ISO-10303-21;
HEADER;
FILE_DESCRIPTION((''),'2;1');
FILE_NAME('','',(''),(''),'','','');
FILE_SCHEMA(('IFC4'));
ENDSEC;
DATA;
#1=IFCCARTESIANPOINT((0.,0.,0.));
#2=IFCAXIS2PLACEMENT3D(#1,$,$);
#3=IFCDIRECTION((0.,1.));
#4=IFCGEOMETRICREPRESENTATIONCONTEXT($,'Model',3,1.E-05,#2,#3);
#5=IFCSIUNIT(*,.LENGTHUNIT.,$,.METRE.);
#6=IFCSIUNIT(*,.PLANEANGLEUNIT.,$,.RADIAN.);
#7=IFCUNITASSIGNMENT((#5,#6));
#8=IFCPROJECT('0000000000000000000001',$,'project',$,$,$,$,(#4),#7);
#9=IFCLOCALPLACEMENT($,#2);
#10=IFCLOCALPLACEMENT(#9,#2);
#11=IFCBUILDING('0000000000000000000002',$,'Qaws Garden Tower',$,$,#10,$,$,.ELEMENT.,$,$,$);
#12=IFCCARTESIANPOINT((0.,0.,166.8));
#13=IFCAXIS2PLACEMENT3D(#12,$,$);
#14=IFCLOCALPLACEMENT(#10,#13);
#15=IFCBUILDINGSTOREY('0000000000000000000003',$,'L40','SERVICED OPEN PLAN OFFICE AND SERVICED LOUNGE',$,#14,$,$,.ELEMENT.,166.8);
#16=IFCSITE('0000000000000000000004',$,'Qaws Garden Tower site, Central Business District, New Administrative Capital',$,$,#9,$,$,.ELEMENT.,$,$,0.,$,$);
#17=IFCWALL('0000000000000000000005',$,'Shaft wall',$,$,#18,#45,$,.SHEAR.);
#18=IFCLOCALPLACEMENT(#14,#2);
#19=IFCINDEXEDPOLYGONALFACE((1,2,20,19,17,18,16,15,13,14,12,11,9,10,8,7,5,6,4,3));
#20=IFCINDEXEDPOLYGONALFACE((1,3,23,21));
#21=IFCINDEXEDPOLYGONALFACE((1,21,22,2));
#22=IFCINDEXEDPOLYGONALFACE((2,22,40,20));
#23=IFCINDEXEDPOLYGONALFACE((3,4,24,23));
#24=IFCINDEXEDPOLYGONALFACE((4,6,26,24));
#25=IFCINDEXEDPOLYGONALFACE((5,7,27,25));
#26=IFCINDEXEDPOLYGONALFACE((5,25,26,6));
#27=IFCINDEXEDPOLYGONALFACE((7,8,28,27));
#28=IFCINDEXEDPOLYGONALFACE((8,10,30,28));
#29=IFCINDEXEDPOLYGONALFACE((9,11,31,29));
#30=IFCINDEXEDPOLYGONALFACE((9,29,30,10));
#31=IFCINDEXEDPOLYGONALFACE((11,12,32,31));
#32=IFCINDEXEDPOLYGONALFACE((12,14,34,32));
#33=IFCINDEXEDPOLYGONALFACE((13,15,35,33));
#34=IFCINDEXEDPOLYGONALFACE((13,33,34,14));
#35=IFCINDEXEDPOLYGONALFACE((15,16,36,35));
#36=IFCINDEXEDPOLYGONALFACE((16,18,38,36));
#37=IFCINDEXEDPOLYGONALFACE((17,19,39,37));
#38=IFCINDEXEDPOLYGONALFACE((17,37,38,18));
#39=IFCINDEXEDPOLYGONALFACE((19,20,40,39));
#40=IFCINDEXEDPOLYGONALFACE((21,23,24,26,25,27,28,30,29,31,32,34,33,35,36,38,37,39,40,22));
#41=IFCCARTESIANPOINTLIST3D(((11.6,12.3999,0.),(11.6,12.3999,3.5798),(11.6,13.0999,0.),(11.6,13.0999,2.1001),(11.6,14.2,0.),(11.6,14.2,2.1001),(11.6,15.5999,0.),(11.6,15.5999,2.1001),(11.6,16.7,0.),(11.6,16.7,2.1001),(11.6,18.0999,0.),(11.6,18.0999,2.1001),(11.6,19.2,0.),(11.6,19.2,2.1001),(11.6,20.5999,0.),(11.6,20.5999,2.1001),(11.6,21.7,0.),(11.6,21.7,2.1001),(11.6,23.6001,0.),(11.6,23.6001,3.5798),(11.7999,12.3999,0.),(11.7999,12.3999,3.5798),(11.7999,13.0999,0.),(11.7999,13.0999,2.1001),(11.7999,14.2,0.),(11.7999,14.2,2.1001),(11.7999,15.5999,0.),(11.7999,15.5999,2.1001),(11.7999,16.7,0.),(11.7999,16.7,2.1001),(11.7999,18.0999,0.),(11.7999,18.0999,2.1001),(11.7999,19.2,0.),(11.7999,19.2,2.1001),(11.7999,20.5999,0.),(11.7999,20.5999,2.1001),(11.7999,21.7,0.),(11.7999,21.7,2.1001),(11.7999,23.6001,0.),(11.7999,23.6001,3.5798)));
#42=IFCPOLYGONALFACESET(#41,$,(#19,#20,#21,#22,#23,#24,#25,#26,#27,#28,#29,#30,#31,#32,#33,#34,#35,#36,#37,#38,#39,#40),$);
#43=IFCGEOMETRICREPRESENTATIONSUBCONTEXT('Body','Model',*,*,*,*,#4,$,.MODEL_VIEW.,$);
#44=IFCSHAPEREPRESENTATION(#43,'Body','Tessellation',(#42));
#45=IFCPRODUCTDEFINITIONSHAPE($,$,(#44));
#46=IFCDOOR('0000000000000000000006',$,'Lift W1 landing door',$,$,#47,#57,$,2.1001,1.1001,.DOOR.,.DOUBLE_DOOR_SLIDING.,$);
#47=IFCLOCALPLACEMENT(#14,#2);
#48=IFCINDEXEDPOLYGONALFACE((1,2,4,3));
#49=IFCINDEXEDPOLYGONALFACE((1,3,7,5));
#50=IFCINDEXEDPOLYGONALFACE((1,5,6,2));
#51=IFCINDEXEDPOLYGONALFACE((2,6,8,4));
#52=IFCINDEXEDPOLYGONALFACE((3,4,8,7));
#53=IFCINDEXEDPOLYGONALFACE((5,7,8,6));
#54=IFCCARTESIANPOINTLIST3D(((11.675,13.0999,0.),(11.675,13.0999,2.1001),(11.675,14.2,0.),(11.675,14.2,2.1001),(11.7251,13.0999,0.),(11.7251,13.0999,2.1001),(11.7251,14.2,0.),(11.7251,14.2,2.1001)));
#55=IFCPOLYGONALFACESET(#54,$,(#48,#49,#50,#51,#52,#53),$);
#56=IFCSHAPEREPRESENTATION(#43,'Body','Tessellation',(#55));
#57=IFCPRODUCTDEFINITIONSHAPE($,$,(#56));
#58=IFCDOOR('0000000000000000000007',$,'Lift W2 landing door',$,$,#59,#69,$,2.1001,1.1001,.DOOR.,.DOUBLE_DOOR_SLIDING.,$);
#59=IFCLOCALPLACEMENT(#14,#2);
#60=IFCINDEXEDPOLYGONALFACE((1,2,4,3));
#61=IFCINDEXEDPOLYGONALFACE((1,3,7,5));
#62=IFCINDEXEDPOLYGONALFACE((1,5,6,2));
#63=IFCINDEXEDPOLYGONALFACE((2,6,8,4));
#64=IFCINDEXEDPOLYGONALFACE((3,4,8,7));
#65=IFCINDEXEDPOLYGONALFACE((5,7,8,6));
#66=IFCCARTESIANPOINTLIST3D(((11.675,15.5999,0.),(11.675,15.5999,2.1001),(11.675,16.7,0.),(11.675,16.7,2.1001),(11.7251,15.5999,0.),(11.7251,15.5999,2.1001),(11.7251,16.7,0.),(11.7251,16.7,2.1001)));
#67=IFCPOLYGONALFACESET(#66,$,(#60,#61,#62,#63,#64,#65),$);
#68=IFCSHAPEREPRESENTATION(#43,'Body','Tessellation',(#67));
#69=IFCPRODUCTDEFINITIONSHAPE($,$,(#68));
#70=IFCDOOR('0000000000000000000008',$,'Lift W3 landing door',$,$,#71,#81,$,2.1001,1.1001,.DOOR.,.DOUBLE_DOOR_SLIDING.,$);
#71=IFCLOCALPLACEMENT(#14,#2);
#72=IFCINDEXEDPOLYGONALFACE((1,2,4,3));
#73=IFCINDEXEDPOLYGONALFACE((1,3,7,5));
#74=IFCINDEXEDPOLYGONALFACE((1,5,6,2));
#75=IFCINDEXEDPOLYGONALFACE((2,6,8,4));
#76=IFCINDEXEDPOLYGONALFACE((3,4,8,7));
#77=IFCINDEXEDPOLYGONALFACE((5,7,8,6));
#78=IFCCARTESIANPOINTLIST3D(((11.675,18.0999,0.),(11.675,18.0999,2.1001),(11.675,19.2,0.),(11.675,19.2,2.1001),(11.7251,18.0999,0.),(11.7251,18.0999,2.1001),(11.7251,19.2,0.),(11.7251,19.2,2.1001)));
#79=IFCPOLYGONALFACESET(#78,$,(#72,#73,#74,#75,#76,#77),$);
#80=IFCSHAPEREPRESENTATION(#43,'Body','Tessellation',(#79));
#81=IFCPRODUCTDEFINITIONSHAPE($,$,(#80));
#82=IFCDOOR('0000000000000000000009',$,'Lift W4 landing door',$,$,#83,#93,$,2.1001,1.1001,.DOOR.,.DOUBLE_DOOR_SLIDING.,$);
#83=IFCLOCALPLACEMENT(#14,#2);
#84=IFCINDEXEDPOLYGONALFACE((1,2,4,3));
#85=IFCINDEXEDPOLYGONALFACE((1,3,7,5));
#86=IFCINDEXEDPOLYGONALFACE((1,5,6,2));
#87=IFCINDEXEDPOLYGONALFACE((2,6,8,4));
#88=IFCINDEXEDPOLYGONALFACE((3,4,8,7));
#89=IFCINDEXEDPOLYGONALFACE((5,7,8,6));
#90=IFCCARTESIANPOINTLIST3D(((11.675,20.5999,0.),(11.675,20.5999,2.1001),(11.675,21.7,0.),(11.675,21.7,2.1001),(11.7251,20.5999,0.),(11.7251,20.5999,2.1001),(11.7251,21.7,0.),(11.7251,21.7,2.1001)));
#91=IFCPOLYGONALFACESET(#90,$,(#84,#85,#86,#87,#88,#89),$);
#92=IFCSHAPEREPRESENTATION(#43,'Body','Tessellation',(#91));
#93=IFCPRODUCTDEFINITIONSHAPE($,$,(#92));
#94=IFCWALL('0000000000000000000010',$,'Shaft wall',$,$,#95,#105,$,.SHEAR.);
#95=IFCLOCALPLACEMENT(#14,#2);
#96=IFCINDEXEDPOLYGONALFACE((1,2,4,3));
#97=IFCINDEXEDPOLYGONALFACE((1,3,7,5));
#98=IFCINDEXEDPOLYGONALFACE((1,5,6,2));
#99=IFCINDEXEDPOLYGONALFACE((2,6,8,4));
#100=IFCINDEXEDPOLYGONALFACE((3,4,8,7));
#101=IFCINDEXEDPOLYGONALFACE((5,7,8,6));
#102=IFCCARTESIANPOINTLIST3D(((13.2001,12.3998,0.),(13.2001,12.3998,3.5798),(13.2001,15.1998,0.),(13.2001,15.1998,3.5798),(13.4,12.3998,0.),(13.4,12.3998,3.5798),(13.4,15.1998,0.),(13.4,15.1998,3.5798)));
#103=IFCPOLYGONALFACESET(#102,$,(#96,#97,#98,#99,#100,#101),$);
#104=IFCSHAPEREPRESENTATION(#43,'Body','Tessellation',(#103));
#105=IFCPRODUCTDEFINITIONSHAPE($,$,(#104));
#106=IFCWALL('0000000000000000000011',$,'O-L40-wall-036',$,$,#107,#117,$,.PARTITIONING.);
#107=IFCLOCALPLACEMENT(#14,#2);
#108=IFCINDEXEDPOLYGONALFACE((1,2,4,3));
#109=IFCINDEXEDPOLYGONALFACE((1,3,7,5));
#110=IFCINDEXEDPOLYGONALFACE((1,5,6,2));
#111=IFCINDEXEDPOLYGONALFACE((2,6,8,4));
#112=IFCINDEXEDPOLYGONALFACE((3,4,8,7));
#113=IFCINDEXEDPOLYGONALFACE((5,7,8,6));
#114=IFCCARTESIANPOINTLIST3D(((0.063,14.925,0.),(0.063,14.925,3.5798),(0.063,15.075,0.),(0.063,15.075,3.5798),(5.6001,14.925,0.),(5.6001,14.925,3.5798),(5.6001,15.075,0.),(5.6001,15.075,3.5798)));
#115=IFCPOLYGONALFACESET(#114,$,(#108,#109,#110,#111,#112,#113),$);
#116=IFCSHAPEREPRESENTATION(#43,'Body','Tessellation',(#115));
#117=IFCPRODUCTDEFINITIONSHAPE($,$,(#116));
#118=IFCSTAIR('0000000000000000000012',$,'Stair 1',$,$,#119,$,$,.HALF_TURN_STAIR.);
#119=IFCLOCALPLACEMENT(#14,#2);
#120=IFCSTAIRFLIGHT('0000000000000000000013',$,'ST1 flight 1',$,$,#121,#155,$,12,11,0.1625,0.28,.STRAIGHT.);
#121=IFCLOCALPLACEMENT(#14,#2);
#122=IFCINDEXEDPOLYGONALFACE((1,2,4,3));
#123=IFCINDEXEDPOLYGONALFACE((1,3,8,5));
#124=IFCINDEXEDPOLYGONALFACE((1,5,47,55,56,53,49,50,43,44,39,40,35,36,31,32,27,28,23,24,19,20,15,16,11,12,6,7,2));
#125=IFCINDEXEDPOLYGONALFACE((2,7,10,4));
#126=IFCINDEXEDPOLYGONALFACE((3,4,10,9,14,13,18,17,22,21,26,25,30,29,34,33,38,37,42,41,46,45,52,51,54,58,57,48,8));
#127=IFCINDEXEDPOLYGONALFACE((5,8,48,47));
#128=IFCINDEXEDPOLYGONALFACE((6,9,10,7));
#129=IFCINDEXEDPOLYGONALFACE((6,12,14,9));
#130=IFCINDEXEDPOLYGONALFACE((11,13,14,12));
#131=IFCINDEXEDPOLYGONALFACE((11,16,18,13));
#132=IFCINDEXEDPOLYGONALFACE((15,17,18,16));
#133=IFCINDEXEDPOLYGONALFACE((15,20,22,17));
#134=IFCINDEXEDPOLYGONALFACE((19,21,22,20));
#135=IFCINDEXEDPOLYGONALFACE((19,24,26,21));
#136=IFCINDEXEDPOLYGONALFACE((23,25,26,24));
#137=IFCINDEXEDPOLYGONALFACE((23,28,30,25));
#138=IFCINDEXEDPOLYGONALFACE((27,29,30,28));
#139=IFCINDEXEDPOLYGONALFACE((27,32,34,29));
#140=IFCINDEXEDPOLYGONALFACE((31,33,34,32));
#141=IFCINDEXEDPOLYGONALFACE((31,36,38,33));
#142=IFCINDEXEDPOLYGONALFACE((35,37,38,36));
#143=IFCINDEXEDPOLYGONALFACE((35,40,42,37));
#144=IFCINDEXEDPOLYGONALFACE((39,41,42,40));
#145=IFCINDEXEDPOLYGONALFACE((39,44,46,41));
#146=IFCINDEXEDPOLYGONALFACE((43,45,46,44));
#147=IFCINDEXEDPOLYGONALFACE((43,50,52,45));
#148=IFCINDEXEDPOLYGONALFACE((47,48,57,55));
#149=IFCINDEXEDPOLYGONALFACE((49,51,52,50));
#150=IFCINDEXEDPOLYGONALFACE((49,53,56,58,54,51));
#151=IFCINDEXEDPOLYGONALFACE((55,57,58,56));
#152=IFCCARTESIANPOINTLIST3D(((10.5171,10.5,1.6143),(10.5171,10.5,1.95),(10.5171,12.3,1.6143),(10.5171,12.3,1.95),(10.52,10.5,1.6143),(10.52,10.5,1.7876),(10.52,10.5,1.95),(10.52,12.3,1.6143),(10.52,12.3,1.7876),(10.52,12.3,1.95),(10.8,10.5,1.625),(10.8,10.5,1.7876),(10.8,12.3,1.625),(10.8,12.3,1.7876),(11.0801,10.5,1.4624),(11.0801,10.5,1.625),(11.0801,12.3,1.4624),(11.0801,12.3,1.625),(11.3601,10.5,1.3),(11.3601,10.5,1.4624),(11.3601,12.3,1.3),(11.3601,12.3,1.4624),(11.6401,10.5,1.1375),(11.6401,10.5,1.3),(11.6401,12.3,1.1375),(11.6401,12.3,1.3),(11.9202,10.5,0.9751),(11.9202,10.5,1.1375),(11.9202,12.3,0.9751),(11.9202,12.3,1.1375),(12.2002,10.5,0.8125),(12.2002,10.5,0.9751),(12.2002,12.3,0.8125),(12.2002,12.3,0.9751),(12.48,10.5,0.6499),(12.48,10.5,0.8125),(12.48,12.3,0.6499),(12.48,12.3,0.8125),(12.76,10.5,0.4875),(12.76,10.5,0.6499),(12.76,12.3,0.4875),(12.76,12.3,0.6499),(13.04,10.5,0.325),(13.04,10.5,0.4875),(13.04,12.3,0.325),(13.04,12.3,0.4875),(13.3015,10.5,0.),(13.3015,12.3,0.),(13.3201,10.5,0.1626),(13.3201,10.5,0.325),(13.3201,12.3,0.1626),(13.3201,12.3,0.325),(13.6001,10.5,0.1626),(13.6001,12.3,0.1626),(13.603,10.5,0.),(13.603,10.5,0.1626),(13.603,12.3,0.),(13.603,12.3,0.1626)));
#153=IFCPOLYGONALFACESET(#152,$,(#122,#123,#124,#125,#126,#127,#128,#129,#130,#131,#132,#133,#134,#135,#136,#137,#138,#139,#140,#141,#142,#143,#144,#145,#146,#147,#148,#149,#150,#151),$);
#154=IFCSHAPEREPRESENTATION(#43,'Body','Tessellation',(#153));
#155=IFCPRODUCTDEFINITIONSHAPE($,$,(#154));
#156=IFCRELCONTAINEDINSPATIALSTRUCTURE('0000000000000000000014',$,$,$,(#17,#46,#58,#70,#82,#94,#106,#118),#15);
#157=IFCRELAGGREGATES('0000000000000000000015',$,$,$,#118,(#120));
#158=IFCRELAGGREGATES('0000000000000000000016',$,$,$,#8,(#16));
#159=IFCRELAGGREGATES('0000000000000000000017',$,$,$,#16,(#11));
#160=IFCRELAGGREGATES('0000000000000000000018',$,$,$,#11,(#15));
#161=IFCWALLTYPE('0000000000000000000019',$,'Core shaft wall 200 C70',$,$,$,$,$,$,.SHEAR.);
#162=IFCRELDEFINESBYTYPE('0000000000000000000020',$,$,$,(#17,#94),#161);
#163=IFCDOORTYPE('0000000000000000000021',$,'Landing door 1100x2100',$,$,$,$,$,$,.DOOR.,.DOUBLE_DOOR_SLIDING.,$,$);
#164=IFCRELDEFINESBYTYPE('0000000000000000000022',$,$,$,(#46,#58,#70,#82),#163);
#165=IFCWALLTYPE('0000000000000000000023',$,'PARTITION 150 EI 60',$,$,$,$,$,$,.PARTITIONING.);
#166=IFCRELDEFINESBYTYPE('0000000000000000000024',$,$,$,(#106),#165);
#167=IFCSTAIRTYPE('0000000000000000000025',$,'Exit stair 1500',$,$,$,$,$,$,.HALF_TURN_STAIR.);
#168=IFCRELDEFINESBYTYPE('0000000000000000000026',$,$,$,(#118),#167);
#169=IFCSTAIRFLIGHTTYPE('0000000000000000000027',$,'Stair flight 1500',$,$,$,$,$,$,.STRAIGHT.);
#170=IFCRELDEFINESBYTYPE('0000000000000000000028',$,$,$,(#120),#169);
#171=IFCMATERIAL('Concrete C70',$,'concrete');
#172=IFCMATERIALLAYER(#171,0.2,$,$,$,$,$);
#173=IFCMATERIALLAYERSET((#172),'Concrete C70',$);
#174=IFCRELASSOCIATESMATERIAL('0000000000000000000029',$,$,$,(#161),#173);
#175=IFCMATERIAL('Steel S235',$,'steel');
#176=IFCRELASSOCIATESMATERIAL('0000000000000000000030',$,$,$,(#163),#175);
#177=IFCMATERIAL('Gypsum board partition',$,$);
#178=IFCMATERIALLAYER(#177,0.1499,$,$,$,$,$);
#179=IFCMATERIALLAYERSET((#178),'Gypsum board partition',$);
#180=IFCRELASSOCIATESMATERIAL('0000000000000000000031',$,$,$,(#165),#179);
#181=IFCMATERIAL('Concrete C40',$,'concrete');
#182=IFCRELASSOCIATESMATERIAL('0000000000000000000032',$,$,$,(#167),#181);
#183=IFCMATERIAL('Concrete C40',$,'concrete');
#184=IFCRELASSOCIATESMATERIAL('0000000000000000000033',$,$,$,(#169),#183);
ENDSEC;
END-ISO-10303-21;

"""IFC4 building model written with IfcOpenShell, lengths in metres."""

from ifc_helpers import new_model, si_unit, direction, frame, frame_2d, origin, place, context, subcontext, project, spatial, polyline, rectangle, outline, extrude, material, layer, layer_set, type_object, element, fill, aggregate, save


model = new_model("IFC4")

# Units and contexts
model_context = context("Model", 3, precision=1e-05, world=origin(), true_north=direction((0.0, 1.0)))
body_context = subcontext(model_context, "Body", "Model", "MODEL_VIEW")
ifc_project = project(units=[si_unit("LENGTHUNIT", "METRE"), si_unit("PLANEANGLEUNIT", "RADIAN")], contexts=[model_context])

# Site, building, storey
site_placement = place(None, origin())
site = spatial("IfcSite", under=ifc_project, at=site_placement, Name="Qaws Garden Tower site, Central Business District, New Administrative Capital", CompositionType="ELEMENT", RefElevation=0.0)
building_placement = place(site_placement, origin())
building = spatial("IfcBuilding", under=site, at=building_placement, Name="Qaws Garden Tower", CompositionType="ELEMENT")
storey_placement = place(building_placement, frame((0.0, 0.0, 166.8)))
storey = spatial("IfcBuildingStorey", under=building, at=storey_placement, Name="L40", Description="SERVICED OPEN PLAN OFFICE AND SERVICED LOUNGE", CompositionType="ELEMENT", Elevation=166.8)

# Shared definitions
ifc_material_1 = material(Name="Concrete C70", Category="concrete")
ifc_layer_1 = layer(ifc_material_1, 0.2)
ifc_layer_set_1 = layer_set([ifc_layer_1], Name="Concrete C70")
wall_type_1 = type_object("IfcWallType", Name="Core shaft wall 200 C70", PredefinedType="SHEAR", material=ifc_layer_set_1)

# Wall, openings, doors
wall_1_placement = place(storey_placement, frame((11.7, 12.3999, 0.0), z_axis=(0.0, 0.0, 1.0), x_axis=(0.0, 1.0, 0.0)))
wall_1 = element("IfcWall", 1, at=wall_1_placement, inside=storey, type_object=wall_type_1, Name="Shaft wall", PredefinedType="SHEAR", context=body_context, shape_type="SweptSolid", body=[
    extrude(rectangle(XDim=11.2002, YDim=0.2, at=frame_2d((5.6001, 0.0))), origin(), (0.0, 0.0, 1.0), 3.5798),
])
opening_1_placement = place(wall_1_placement, frame((0.7, 0.0, 0.0)))
opening_1 = element("IfcOpeningElement", 2, at=opening_1_placement, cuts=wall_1, PredefinedType="OPENING", context=body_context, shape_type="SweptSolid", body=[
    extrude(rectangle(XDim=1.1001, YDim=2.1001, at=frame_2d((0.55, 1.05))), frame((0.0, 0.1099, 0.0), z_axis=(0.0, -1.0, 0.0), x_axis=(1.0, 0.0, 0.0)), (0.0, 0.0, 1.0), 0.22),
])
opening_2_placement = place(wall_1_placement, frame((3.2, 0.0, 0.0)))
opening_2 = element("IfcOpeningElement", 3, at=opening_2_placement, cuts=wall_1, PredefinedType="OPENING", context=body_context, shape_type="SweptSolid", body=[
    extrude(rectangle(XDim=1.1001, YDim=2.1001, at=frame_2d((0.55, 1.05))), frame((0.0, 0.1099, 0.0), z_axis=(0.0, -1.0, 0.0), x_axis=(1.0, 0.0, 0.0)), (0.0, 0.0, 1.0), 0.22),
])
opening_3_placement = place(wall_1_placement, frame((5.7, 0.0, 0.0)))
opening_3 = element("IfcOpeningElement", 4, at=opening_3_placement, cuts=wall_1, PredefinedType="OPENING", context=body_context, shape_type="SweptSolid", body=[
    extrude(rectangle(XDim=1.1001, YDim=2.1001, at=frame_2d((0.55, 1.05))), frame((0.0, 0.1099, 0.0), z_axis=(0.0, -1.0, 0.0), x_axis=(1.0, 0.0, 0.0)), (0.0, 0.0, 1.0), 0.22),
])
opening_4_placement = place(wall_1_placement, frame((8.2, 0.0, 0.0)))
opening_4 = element("IfcOpeningElement", 5, at=opening_4_placement, cuts=wall_1, PredefinedType="OPENING", context=body_context, shape_type="SweptSolid", body=[
    extrude(rectangle(XDim=1.1001, YDim=2.1001, at=frame_2d((0.55, 1.05))), frame((0.0, 0.1099, 0.0), z_axis=(0.0, -1.0, 0.0), x_axis=(1.0, 0.0, 0.0)), (0.0, 0.0, 1.0), 0.22),
])
ifc_material_2 = material(Name="Steel S235", Category="steel")
door_type = type_object("IfcDoorType", Name="Landing door 1100x2100", OperationType="DOUBLE_DOOR_SLIDING", PredefinedType="DOOR", material=ifc_material_2)
door_1_placement = place(opening_1_placement, origin())
door_1 = element("IfcDoor", 6, at=door_1_placement, inside=storey, type_object=door_type, Name="Lift W1 landing door", OperationType="DOUBLE_DOOR_SLIDING", OverallHeight=2.1001, OverallWidth=1.1001, PredefinedType="DOOR", context=body_context, shape_type="SweptSolid", body=[
    extrude(rectangle(XDim=1.1001, YDim=2.1001, at=frame_2d((0.55, 1.05))), frame((0.0, 0.0249, 0.0), z_axis=(0.0, -1.0, 0.0), x_axis=(1.0, 0.0, 0.0)), (0.0, 0.0, 1.0), 0.05),
])
fill(opening_1, door_1)
door_2_placement = place(opening_2_placement, origin())
door_2 = element("IfcDoor", 7, at=door_2_placement, inside=storey, type_object=door_type, Name="Lift W2 landing door", OperationType="DOUBLE_DOOR_SLIDING", OverallHeight=2.1001, OverallWidth=1.1001, PredefinedType="DOOR", context=body_context, shape_type="SweptSolid", body=[
    extrude(rectangle(XDim=1.1001, YDim=2.1001, at=frame_2d((0.55, 1.05))), frame((0.0, 0.0249, 0.0), z_axis=(0.0, -1.0, 0.0), x_axis=(1.0, 0.0, 0.0)), (0.0, 0.0, 1.0), 0.05),
])
fill(opening_2, door_2)
door_3_placement = place(opening_3_placement, origin())
door_3 = element("IfcDoor", 8, at=door_3_placement, inside=storey, type_object=door_type, Name="Lift W3 landing door", OperationType="DOUBLE_DOOR_SLIDING", OverallHeight=2.1001, OverallWidth=1.1001, PredefinedType="DOOR", context=body_context, shape_type="SweptSolid", body=[
    extrude(rectangle(XDim=1.1001, YDim=2.1001, at=frame_2d((0.55, 1.05))), frame((0.0, 0.0249, 0.0), z_axis=(0.0, -1.0, 0.0), x_axis=(1.0, 0.0, 0.0)), (0.0, 0.0, 1.0), 0.05),
])
fill(opening_3, door_3)
door_4_placement = place(opening_4_placement, origin())
door_4 = element("IfcDoor", 9, at=door_4_placement, inside=storey, type_object=door_type, Name="Lift W4 landing door", OperationType="DOUBLE_DOOR_SLIDING", OverallHeight=2.1001, OverallWidth=1.1001, PredefinedType="DOOR", context=body_context, shape_type="SweptSolid", body=[
    extrude(rectangle(XDim=1.1001, YDim=2.1001, at=frame_2d((0.55, 1.05))), frame((0.0, 0.0249, 0.0), z_axis=(0.0, -1.0, 0.0), x_axis=(1.0, 0.0, 0.0)), (0.0, 0.0, 1.0), 0.05),
])
fill(opening_4, door_4)

# Walls
wall_2_placement = place(storey_placement, frame((13.3, 12.3999, 0.0), z_axis=(0.0, 0.0, 1.0), x_axis=(0.0, 1.0, 0.0)))
element("IfcWall", 10, at=wall_2_placement, inside=storey, type_object=wall_type_1, Name="Shaft wall", PredefinedType="SHEAR", context=body_context, shape_type="SweptSolid", body=[
    extrude(rectangle(XDim=2.8, YDim=0.2, at=frame_2d((1.3999, 0.0))), origin(), (0.0, 0.0, 1.0), 3.5798),
])
ifc_material_3 = material(Name="Gypsum board partition")
ifc_layer_2 = layer(ifc_material_3, 0.1499)
ifc_layer_set_2 = layer_set([ifc_layer_2], Name="Gypsum board partition")
wall_type_2 = type_object("IfcWallType", Name="PARTITION 150 EI 60", PredefinedType="PARTITIONING", material=ifc_layer_set_2)
wall_3_placement = place(storey_placement, frame((0.063, 15.0, 0.0), z_axis=(0.0, 0.0, 1.0), x_axis=(1.0, 0.0, 0.0)))
element("IfcWall", 11, at=wall_3_placement, inside=storey, type_object=wall_type_2, Name="O-L40-wall-036", PredefinedType="PARTITIONING", context=body_context, shape_type="SweptSolid", body=[
    extrude(rectangle(XDim=5.5371, YDim=0.1499, at=frame_2d((2.7686, 0.0))), origin(), (0.0, 0.0, 1.0), 3.5798),
])

# Stair, stair flight
ifc_material_4 = material(Name="Concrete C40", Category="concrete")
stair_type = type_object("IfcStairType", Name="Exit stair 1500", PredefinedType="HALF_TURN_STAIR", material=ifc_material_4)
stair_placement = place(storey_placement, origin())
stair = element("IfcStair", 12, at=stair_placement, inside=storey, type_object=stair_type, Name="Stair 1", PredefinedType="HALF_TURN_STAIR")
ifc_material_5 = material(Name="Concrete C40", Category="concrete")
stair_flight_type = type_object("IfcStairFlightType", Name="Stair flight 1500", PredefinedType="STRAIGHT", material=ifc_material_5)
stair_flight_1_placement = place(storey_placement, frame((13.6001, 11.3999, 0.0), z_axis=(0.0, 0.0, 1.0), x_axis=(-1.0, 0.0, 0.0)))
stair_flight_1 = element("IfcStairFlight", 13, at=stair_flight_1_placement, type_object=stair_flight_type, Name="ST1 flight 1", NumberOfRisers=12, NumberOfTreads=11, PredefinedType="STRAIGHT", RiserHeight=0.1625, TreadLength=0.28, context=body_context, shape_type="SweptSolid", body=[
    extrude(outline(polyline([(-0.0029, 0.0), (-0.0029, 0.1626), (0.0, 0.1626), (0.28, 0.1626), (0.28, 0.325), (0.5601, 0.325), (0.5601, 0.4875), (0.8401, 0.4875), (0.8401, 0.6499), (1.1201, 0.6499), (1.1201, 0.8125), (1.3999, 0.8125), (1.3999, 0.9751), (1.6799, 0.9751), (1.6799, 1.1375), (1.96, 1.1375), (1.96, 1.3), (2.24, 1.3), (2.24, 1.4624), (2.52, 1.4624), (2.52, 1.625), (2.8, 1.625), (2.8, 1.7876), (3.0801, 1.7876), (3.0801, 1.95), (3.083, 1.95), (3.083, 1.6143), (3.0801, 1.6143), (0.2986, 0.0), (-0.0029, 0.0)])), frame((0.0, 0.8999, 0.0), z_axis=(0.0, -1.0, 0.0), x_axis=(1.0, 0.0, 0.0)), (0.0, 0.0, 1.0), 1.8),
])
aggregate(stair, [stair_flight_1])

save(model, "model.ifc")
